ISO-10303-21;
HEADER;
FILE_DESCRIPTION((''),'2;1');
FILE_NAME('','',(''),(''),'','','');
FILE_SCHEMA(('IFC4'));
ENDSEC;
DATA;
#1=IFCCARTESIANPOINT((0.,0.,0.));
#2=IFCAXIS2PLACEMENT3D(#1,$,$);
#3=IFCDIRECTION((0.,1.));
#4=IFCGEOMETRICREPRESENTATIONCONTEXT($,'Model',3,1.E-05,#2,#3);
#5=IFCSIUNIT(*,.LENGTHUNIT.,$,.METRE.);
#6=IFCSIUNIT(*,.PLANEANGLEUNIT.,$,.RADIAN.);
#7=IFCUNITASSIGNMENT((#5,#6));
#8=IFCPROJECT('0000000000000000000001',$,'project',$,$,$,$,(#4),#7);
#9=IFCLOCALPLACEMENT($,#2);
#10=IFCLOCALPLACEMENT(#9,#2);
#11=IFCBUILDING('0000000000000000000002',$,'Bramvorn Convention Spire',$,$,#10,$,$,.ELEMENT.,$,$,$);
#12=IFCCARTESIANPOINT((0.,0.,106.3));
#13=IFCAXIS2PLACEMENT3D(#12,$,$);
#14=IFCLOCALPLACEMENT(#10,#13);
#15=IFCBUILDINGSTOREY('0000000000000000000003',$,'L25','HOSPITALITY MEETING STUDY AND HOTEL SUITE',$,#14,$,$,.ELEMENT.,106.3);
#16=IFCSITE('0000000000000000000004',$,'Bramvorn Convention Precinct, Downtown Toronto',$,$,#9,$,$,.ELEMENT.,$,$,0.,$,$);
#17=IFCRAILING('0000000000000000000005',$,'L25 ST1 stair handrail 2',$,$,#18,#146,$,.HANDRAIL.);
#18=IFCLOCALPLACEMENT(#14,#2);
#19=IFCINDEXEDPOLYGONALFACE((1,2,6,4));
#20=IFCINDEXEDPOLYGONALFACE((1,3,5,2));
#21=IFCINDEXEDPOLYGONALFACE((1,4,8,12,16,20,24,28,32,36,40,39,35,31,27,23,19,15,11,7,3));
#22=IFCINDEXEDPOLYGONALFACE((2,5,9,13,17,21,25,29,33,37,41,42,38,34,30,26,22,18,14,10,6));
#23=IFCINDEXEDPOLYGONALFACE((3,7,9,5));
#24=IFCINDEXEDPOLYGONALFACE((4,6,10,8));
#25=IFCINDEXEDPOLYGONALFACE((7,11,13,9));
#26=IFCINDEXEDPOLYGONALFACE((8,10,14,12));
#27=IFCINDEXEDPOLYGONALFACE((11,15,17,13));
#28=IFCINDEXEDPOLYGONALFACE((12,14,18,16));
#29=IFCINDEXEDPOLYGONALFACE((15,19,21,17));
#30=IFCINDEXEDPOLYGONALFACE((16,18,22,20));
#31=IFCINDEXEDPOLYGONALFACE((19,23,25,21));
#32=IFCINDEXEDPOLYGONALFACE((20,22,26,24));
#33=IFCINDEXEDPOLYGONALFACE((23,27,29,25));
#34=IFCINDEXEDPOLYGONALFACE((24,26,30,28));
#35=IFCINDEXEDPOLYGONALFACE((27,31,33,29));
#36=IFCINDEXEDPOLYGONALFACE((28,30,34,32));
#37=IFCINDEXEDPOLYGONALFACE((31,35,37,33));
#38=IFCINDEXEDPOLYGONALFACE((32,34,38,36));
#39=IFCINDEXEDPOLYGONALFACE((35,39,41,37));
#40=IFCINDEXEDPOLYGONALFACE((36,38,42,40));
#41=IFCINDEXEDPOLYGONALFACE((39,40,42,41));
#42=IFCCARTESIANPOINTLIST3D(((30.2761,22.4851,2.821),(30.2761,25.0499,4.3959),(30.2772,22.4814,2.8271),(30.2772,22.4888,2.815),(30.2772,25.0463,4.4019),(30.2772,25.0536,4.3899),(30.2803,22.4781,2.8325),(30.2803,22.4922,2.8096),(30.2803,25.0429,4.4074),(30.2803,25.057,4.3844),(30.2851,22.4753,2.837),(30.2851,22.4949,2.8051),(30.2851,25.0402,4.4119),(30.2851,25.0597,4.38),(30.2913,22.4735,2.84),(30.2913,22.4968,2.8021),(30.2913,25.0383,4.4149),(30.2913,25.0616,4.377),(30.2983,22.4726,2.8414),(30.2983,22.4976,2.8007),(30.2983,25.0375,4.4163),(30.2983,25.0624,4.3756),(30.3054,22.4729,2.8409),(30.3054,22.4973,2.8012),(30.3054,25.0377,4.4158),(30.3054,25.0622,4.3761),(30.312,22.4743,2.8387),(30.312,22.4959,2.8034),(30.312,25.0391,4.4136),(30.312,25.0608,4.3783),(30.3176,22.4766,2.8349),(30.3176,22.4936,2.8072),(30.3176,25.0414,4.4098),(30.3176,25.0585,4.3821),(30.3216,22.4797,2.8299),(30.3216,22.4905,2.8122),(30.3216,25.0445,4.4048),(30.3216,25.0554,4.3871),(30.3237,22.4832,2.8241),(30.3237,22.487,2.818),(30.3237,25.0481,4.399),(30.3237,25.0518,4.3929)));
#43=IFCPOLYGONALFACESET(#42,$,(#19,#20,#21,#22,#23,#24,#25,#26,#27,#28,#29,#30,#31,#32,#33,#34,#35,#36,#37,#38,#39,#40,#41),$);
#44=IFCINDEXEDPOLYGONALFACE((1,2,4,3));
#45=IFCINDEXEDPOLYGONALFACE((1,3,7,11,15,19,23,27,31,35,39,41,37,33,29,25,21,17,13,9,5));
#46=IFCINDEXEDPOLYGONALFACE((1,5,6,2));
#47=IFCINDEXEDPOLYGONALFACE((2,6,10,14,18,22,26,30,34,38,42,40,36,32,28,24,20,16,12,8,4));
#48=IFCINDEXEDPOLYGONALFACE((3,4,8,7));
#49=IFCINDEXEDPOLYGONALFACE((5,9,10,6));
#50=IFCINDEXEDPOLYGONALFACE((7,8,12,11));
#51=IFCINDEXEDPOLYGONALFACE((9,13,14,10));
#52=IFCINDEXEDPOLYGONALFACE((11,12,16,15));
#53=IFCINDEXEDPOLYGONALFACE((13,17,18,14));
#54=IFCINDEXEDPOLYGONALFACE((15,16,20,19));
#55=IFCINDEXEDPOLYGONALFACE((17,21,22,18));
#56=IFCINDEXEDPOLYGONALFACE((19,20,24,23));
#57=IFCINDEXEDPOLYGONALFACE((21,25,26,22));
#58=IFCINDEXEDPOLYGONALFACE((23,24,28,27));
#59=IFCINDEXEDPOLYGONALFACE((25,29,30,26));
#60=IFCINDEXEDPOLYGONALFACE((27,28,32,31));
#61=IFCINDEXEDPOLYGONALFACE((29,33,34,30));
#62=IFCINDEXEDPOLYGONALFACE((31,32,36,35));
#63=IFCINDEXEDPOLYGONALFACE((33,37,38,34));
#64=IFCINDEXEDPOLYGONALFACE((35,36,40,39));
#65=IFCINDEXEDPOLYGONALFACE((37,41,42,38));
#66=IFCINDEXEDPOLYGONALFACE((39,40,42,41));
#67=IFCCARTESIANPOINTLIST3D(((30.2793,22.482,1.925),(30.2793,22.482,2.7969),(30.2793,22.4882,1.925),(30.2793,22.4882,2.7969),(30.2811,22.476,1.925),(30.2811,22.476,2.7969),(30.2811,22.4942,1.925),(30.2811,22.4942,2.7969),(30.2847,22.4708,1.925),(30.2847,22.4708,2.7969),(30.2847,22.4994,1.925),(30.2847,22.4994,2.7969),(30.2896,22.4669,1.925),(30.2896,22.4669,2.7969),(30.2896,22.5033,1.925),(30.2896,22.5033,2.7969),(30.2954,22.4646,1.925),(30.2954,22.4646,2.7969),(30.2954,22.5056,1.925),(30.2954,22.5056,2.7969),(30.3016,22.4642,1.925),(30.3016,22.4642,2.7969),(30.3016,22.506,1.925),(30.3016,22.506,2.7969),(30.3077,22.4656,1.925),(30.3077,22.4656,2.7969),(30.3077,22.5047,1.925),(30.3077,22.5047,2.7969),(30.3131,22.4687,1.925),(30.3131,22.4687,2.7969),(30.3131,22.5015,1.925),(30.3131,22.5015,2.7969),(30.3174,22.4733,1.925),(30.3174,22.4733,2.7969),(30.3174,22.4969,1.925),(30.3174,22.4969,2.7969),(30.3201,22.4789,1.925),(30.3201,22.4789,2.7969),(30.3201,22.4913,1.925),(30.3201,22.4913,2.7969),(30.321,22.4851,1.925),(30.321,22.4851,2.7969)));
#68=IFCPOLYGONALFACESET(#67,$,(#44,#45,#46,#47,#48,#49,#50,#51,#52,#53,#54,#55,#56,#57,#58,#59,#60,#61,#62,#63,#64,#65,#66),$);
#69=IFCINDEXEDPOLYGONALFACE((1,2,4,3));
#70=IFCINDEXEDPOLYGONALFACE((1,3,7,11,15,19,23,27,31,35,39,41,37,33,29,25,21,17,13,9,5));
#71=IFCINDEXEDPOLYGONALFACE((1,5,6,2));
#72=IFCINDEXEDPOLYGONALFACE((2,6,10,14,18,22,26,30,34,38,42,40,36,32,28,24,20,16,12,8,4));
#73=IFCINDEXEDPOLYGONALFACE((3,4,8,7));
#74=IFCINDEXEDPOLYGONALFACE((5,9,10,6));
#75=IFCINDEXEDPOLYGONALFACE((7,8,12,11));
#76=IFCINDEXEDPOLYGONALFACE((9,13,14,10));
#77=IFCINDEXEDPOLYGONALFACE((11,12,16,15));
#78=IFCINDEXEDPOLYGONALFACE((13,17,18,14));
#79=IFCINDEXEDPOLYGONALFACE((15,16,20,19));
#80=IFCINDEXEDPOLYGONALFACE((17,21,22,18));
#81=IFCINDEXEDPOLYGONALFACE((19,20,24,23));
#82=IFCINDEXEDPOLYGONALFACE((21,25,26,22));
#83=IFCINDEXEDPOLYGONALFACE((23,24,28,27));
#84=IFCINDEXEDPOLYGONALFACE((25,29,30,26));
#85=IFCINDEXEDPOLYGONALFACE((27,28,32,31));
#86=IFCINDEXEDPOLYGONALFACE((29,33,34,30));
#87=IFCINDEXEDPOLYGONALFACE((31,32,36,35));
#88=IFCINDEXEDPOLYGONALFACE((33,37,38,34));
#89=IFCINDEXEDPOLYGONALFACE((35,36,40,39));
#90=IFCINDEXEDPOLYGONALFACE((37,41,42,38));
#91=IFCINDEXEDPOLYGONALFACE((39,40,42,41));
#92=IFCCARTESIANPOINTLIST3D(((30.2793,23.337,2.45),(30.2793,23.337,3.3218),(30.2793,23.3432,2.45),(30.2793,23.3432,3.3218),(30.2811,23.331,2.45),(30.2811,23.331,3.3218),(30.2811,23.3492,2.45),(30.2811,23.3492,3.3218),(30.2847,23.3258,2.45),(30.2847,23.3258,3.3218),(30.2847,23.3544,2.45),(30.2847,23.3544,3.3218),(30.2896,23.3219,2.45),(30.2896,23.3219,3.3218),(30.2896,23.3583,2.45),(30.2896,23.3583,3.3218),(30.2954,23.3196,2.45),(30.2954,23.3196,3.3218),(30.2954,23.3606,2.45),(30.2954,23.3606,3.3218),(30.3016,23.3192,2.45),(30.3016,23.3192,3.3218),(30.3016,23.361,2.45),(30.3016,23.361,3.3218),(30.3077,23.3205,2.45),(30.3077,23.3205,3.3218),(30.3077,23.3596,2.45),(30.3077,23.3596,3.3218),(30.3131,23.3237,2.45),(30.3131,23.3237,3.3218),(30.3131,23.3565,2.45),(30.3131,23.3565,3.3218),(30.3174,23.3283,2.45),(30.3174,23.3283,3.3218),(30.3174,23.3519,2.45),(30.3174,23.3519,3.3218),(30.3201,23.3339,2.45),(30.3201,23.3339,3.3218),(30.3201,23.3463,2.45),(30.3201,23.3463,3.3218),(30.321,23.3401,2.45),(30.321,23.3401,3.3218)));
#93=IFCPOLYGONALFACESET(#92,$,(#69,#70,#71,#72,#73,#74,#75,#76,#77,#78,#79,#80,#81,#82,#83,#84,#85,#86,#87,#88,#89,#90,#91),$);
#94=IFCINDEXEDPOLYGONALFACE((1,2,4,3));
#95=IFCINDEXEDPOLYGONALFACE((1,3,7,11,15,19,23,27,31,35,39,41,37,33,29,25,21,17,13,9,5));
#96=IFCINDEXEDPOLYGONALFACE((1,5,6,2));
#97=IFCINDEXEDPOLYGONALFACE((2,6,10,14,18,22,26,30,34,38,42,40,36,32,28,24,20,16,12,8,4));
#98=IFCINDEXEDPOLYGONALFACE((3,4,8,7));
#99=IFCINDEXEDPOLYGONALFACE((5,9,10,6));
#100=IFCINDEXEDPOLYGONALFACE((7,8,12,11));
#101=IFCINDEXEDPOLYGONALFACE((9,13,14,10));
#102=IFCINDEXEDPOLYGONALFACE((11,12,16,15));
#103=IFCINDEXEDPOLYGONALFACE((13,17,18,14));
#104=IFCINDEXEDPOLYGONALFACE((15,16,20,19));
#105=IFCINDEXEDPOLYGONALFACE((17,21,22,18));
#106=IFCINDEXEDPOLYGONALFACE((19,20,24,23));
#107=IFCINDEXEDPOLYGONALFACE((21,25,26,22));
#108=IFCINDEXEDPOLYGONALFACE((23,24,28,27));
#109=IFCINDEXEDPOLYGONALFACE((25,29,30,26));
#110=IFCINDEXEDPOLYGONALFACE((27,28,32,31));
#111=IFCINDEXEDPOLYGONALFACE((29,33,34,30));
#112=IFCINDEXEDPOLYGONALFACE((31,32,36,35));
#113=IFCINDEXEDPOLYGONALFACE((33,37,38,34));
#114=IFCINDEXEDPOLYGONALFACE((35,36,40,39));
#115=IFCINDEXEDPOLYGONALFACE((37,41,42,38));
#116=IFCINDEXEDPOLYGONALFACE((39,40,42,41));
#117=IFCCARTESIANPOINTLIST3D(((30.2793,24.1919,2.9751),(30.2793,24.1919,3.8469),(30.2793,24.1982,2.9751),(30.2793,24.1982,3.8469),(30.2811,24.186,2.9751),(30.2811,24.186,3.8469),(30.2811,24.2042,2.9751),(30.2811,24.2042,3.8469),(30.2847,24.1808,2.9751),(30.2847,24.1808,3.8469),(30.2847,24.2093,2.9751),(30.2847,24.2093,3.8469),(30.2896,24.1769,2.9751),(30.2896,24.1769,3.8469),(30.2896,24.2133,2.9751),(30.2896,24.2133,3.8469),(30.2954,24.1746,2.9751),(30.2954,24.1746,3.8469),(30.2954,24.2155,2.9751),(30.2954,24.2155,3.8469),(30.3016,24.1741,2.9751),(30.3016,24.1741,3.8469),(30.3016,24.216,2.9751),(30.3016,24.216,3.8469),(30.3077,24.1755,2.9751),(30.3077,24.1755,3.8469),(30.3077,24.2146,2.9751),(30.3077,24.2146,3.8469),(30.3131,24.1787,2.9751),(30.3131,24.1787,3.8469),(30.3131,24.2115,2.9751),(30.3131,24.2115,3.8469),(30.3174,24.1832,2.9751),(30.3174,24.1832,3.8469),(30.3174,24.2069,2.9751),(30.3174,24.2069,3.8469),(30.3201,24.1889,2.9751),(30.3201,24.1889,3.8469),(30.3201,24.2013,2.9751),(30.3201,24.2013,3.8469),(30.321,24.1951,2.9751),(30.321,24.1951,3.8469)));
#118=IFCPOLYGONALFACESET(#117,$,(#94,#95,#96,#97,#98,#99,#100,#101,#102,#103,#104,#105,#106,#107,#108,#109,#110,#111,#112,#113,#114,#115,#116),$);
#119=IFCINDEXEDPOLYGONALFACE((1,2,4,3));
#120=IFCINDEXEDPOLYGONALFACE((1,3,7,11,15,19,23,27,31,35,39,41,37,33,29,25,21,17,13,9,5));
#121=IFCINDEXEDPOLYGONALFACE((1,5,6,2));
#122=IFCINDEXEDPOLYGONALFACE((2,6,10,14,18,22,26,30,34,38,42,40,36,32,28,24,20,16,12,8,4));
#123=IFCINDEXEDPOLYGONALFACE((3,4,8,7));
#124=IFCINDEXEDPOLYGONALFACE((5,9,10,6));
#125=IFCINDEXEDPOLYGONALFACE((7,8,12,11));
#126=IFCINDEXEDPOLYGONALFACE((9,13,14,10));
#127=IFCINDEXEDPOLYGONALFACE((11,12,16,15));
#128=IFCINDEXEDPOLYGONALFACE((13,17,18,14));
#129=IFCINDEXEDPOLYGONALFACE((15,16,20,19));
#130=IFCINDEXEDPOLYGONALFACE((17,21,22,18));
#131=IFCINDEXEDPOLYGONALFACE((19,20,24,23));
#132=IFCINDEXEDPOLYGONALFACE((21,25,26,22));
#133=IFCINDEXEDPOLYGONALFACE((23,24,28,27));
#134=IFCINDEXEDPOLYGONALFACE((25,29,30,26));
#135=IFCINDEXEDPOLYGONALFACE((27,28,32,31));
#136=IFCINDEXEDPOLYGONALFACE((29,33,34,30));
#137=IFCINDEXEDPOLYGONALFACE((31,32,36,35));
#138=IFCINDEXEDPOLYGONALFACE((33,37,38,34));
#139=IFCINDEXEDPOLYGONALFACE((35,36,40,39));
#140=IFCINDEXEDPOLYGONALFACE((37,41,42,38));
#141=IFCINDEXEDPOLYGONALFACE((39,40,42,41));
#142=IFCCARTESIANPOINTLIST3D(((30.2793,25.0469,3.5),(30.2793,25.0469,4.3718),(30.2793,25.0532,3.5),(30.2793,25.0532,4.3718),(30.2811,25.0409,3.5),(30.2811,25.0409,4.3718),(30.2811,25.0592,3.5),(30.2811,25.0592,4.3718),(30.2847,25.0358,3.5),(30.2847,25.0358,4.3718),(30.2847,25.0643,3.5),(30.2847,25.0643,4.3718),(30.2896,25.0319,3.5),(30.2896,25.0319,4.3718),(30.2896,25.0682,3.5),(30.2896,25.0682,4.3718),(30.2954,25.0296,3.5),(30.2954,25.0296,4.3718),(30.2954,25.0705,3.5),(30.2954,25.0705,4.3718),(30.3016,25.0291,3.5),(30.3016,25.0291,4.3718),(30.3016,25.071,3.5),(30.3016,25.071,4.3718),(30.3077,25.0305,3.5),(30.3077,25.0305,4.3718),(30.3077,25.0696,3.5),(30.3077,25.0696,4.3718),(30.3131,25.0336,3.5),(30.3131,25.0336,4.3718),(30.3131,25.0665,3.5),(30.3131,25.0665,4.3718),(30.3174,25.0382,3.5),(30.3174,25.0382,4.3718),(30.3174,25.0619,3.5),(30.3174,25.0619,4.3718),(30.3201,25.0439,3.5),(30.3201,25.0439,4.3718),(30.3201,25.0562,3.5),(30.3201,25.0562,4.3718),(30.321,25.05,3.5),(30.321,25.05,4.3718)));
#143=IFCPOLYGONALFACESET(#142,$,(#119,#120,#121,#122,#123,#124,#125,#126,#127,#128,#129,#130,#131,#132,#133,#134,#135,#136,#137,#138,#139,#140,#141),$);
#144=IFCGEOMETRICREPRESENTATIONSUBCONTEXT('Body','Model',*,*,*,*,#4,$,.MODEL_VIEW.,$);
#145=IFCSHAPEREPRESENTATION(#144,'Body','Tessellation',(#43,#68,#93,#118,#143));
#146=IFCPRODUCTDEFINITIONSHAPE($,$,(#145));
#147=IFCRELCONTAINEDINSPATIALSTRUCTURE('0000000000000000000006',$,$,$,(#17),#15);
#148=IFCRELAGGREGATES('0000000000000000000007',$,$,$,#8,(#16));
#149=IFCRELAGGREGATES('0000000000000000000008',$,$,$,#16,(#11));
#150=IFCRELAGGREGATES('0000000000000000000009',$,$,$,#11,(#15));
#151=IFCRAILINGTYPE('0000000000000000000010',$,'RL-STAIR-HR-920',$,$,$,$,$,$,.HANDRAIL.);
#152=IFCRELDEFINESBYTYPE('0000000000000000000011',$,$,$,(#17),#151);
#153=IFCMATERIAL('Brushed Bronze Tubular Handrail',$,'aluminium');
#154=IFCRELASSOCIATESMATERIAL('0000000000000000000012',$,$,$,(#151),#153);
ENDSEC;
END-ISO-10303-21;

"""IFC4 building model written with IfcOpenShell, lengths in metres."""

from ifc_helpers import new_model, si_unit, direction, frame, origin, origin_2d, place, context, subcontext, project, spatial, circle, extrude, material, type_object, element, save


model = new_model("IFC4")

# Units and contexts
model_context = context("Model", 3, precision=1e-05, world=origin(), true_north=direction((0.0, 1.0)))
body_context = subcontext(model_context, "Body", "Model", "MODEL_VIEW")
ifc_project = project(units=[si_unit("LENGTHUNIT", "METRE"), si_unit("PLANEANGLEUNIT", "RADIAN")], contexts=[model_context])

# Site, building, storey
site_placement = place(None, origin())
site = spatial("IfcSite", under=ifc_project, at=site_placement, Name="Bramvorn Convention Precinct, Downtown Toronto", CompositionType="ELEMENT", RefElevation=0.0)
building_placement = place(site_placement, origin())
building = spatial("IfcBuilding", under=site, at=building_placement, Name="Bramvorn Convention Spire", CompositionType="ELEMENT")
storey_placement = place(building_placement, frame((0.0, 0.0, 106.3)))
storey = spatial("IfcBuildingStorey", under=building, at=storey_placement, Name="L25", Description="HOSPITALITY MEETING STUDY AND HOTEL SUITE", CompositionType="ELEMENT", Elevation=106.3)

# Railing
ifc_material_1 = material(Name="Brushed Bronze Tubular Handrail", Category="aluminium")
railing_type_1 = type_object("IfcRailingType", Name="RL-STAIR-HR-920", PredefinedType="HANDRAIL", material=ifc_material_1)
for number, where, name in (
    (1, (30.3, 22.4851, 1.925), "L25 ST1 stair handrail 2"),
):
    element("IfcRailing", number, at=place(storey_placement, frame(where)), inside=storey, type_object=railing_type_1, Name=name, PredefinedType="HANDRAIL", context=body_context, shape_type="SweptSolid", body=[
        extrude(circle(Radius=0.0239, at=origin_2d()), frame((0.0, 0.0, 0.896), z_axis=(0.0, 0.852173, 0.52326), x_axis=(-1.0, 0.0, 0.0)), (0.0, 0.0, 1.0), 3.0098),
        extrude(circle(Radius=0.021, at=origin_2d()), origin(), (0.0, 0.0, 1.0), 0.8718),
        extrude(circle(Radius=0.021, at=origin_2d()), frame((0.0, 0.855, 0.5249)), (0.0, 0.0, 1.0), 0.8718),
        extrude(circle(Radius=0.021, at=origin_2d()), frame((0.0, 1.71, 1.05)), (0.0, 0.0, 1.0), 0.8718),
        extrude(circle(Radius=0.021, at=origin_2d()), frame((0.0, 2.5649, 1.575)), (0.0, 0.0, 1.0), 0.8718),
    ])

save(model, "model.ifc")
